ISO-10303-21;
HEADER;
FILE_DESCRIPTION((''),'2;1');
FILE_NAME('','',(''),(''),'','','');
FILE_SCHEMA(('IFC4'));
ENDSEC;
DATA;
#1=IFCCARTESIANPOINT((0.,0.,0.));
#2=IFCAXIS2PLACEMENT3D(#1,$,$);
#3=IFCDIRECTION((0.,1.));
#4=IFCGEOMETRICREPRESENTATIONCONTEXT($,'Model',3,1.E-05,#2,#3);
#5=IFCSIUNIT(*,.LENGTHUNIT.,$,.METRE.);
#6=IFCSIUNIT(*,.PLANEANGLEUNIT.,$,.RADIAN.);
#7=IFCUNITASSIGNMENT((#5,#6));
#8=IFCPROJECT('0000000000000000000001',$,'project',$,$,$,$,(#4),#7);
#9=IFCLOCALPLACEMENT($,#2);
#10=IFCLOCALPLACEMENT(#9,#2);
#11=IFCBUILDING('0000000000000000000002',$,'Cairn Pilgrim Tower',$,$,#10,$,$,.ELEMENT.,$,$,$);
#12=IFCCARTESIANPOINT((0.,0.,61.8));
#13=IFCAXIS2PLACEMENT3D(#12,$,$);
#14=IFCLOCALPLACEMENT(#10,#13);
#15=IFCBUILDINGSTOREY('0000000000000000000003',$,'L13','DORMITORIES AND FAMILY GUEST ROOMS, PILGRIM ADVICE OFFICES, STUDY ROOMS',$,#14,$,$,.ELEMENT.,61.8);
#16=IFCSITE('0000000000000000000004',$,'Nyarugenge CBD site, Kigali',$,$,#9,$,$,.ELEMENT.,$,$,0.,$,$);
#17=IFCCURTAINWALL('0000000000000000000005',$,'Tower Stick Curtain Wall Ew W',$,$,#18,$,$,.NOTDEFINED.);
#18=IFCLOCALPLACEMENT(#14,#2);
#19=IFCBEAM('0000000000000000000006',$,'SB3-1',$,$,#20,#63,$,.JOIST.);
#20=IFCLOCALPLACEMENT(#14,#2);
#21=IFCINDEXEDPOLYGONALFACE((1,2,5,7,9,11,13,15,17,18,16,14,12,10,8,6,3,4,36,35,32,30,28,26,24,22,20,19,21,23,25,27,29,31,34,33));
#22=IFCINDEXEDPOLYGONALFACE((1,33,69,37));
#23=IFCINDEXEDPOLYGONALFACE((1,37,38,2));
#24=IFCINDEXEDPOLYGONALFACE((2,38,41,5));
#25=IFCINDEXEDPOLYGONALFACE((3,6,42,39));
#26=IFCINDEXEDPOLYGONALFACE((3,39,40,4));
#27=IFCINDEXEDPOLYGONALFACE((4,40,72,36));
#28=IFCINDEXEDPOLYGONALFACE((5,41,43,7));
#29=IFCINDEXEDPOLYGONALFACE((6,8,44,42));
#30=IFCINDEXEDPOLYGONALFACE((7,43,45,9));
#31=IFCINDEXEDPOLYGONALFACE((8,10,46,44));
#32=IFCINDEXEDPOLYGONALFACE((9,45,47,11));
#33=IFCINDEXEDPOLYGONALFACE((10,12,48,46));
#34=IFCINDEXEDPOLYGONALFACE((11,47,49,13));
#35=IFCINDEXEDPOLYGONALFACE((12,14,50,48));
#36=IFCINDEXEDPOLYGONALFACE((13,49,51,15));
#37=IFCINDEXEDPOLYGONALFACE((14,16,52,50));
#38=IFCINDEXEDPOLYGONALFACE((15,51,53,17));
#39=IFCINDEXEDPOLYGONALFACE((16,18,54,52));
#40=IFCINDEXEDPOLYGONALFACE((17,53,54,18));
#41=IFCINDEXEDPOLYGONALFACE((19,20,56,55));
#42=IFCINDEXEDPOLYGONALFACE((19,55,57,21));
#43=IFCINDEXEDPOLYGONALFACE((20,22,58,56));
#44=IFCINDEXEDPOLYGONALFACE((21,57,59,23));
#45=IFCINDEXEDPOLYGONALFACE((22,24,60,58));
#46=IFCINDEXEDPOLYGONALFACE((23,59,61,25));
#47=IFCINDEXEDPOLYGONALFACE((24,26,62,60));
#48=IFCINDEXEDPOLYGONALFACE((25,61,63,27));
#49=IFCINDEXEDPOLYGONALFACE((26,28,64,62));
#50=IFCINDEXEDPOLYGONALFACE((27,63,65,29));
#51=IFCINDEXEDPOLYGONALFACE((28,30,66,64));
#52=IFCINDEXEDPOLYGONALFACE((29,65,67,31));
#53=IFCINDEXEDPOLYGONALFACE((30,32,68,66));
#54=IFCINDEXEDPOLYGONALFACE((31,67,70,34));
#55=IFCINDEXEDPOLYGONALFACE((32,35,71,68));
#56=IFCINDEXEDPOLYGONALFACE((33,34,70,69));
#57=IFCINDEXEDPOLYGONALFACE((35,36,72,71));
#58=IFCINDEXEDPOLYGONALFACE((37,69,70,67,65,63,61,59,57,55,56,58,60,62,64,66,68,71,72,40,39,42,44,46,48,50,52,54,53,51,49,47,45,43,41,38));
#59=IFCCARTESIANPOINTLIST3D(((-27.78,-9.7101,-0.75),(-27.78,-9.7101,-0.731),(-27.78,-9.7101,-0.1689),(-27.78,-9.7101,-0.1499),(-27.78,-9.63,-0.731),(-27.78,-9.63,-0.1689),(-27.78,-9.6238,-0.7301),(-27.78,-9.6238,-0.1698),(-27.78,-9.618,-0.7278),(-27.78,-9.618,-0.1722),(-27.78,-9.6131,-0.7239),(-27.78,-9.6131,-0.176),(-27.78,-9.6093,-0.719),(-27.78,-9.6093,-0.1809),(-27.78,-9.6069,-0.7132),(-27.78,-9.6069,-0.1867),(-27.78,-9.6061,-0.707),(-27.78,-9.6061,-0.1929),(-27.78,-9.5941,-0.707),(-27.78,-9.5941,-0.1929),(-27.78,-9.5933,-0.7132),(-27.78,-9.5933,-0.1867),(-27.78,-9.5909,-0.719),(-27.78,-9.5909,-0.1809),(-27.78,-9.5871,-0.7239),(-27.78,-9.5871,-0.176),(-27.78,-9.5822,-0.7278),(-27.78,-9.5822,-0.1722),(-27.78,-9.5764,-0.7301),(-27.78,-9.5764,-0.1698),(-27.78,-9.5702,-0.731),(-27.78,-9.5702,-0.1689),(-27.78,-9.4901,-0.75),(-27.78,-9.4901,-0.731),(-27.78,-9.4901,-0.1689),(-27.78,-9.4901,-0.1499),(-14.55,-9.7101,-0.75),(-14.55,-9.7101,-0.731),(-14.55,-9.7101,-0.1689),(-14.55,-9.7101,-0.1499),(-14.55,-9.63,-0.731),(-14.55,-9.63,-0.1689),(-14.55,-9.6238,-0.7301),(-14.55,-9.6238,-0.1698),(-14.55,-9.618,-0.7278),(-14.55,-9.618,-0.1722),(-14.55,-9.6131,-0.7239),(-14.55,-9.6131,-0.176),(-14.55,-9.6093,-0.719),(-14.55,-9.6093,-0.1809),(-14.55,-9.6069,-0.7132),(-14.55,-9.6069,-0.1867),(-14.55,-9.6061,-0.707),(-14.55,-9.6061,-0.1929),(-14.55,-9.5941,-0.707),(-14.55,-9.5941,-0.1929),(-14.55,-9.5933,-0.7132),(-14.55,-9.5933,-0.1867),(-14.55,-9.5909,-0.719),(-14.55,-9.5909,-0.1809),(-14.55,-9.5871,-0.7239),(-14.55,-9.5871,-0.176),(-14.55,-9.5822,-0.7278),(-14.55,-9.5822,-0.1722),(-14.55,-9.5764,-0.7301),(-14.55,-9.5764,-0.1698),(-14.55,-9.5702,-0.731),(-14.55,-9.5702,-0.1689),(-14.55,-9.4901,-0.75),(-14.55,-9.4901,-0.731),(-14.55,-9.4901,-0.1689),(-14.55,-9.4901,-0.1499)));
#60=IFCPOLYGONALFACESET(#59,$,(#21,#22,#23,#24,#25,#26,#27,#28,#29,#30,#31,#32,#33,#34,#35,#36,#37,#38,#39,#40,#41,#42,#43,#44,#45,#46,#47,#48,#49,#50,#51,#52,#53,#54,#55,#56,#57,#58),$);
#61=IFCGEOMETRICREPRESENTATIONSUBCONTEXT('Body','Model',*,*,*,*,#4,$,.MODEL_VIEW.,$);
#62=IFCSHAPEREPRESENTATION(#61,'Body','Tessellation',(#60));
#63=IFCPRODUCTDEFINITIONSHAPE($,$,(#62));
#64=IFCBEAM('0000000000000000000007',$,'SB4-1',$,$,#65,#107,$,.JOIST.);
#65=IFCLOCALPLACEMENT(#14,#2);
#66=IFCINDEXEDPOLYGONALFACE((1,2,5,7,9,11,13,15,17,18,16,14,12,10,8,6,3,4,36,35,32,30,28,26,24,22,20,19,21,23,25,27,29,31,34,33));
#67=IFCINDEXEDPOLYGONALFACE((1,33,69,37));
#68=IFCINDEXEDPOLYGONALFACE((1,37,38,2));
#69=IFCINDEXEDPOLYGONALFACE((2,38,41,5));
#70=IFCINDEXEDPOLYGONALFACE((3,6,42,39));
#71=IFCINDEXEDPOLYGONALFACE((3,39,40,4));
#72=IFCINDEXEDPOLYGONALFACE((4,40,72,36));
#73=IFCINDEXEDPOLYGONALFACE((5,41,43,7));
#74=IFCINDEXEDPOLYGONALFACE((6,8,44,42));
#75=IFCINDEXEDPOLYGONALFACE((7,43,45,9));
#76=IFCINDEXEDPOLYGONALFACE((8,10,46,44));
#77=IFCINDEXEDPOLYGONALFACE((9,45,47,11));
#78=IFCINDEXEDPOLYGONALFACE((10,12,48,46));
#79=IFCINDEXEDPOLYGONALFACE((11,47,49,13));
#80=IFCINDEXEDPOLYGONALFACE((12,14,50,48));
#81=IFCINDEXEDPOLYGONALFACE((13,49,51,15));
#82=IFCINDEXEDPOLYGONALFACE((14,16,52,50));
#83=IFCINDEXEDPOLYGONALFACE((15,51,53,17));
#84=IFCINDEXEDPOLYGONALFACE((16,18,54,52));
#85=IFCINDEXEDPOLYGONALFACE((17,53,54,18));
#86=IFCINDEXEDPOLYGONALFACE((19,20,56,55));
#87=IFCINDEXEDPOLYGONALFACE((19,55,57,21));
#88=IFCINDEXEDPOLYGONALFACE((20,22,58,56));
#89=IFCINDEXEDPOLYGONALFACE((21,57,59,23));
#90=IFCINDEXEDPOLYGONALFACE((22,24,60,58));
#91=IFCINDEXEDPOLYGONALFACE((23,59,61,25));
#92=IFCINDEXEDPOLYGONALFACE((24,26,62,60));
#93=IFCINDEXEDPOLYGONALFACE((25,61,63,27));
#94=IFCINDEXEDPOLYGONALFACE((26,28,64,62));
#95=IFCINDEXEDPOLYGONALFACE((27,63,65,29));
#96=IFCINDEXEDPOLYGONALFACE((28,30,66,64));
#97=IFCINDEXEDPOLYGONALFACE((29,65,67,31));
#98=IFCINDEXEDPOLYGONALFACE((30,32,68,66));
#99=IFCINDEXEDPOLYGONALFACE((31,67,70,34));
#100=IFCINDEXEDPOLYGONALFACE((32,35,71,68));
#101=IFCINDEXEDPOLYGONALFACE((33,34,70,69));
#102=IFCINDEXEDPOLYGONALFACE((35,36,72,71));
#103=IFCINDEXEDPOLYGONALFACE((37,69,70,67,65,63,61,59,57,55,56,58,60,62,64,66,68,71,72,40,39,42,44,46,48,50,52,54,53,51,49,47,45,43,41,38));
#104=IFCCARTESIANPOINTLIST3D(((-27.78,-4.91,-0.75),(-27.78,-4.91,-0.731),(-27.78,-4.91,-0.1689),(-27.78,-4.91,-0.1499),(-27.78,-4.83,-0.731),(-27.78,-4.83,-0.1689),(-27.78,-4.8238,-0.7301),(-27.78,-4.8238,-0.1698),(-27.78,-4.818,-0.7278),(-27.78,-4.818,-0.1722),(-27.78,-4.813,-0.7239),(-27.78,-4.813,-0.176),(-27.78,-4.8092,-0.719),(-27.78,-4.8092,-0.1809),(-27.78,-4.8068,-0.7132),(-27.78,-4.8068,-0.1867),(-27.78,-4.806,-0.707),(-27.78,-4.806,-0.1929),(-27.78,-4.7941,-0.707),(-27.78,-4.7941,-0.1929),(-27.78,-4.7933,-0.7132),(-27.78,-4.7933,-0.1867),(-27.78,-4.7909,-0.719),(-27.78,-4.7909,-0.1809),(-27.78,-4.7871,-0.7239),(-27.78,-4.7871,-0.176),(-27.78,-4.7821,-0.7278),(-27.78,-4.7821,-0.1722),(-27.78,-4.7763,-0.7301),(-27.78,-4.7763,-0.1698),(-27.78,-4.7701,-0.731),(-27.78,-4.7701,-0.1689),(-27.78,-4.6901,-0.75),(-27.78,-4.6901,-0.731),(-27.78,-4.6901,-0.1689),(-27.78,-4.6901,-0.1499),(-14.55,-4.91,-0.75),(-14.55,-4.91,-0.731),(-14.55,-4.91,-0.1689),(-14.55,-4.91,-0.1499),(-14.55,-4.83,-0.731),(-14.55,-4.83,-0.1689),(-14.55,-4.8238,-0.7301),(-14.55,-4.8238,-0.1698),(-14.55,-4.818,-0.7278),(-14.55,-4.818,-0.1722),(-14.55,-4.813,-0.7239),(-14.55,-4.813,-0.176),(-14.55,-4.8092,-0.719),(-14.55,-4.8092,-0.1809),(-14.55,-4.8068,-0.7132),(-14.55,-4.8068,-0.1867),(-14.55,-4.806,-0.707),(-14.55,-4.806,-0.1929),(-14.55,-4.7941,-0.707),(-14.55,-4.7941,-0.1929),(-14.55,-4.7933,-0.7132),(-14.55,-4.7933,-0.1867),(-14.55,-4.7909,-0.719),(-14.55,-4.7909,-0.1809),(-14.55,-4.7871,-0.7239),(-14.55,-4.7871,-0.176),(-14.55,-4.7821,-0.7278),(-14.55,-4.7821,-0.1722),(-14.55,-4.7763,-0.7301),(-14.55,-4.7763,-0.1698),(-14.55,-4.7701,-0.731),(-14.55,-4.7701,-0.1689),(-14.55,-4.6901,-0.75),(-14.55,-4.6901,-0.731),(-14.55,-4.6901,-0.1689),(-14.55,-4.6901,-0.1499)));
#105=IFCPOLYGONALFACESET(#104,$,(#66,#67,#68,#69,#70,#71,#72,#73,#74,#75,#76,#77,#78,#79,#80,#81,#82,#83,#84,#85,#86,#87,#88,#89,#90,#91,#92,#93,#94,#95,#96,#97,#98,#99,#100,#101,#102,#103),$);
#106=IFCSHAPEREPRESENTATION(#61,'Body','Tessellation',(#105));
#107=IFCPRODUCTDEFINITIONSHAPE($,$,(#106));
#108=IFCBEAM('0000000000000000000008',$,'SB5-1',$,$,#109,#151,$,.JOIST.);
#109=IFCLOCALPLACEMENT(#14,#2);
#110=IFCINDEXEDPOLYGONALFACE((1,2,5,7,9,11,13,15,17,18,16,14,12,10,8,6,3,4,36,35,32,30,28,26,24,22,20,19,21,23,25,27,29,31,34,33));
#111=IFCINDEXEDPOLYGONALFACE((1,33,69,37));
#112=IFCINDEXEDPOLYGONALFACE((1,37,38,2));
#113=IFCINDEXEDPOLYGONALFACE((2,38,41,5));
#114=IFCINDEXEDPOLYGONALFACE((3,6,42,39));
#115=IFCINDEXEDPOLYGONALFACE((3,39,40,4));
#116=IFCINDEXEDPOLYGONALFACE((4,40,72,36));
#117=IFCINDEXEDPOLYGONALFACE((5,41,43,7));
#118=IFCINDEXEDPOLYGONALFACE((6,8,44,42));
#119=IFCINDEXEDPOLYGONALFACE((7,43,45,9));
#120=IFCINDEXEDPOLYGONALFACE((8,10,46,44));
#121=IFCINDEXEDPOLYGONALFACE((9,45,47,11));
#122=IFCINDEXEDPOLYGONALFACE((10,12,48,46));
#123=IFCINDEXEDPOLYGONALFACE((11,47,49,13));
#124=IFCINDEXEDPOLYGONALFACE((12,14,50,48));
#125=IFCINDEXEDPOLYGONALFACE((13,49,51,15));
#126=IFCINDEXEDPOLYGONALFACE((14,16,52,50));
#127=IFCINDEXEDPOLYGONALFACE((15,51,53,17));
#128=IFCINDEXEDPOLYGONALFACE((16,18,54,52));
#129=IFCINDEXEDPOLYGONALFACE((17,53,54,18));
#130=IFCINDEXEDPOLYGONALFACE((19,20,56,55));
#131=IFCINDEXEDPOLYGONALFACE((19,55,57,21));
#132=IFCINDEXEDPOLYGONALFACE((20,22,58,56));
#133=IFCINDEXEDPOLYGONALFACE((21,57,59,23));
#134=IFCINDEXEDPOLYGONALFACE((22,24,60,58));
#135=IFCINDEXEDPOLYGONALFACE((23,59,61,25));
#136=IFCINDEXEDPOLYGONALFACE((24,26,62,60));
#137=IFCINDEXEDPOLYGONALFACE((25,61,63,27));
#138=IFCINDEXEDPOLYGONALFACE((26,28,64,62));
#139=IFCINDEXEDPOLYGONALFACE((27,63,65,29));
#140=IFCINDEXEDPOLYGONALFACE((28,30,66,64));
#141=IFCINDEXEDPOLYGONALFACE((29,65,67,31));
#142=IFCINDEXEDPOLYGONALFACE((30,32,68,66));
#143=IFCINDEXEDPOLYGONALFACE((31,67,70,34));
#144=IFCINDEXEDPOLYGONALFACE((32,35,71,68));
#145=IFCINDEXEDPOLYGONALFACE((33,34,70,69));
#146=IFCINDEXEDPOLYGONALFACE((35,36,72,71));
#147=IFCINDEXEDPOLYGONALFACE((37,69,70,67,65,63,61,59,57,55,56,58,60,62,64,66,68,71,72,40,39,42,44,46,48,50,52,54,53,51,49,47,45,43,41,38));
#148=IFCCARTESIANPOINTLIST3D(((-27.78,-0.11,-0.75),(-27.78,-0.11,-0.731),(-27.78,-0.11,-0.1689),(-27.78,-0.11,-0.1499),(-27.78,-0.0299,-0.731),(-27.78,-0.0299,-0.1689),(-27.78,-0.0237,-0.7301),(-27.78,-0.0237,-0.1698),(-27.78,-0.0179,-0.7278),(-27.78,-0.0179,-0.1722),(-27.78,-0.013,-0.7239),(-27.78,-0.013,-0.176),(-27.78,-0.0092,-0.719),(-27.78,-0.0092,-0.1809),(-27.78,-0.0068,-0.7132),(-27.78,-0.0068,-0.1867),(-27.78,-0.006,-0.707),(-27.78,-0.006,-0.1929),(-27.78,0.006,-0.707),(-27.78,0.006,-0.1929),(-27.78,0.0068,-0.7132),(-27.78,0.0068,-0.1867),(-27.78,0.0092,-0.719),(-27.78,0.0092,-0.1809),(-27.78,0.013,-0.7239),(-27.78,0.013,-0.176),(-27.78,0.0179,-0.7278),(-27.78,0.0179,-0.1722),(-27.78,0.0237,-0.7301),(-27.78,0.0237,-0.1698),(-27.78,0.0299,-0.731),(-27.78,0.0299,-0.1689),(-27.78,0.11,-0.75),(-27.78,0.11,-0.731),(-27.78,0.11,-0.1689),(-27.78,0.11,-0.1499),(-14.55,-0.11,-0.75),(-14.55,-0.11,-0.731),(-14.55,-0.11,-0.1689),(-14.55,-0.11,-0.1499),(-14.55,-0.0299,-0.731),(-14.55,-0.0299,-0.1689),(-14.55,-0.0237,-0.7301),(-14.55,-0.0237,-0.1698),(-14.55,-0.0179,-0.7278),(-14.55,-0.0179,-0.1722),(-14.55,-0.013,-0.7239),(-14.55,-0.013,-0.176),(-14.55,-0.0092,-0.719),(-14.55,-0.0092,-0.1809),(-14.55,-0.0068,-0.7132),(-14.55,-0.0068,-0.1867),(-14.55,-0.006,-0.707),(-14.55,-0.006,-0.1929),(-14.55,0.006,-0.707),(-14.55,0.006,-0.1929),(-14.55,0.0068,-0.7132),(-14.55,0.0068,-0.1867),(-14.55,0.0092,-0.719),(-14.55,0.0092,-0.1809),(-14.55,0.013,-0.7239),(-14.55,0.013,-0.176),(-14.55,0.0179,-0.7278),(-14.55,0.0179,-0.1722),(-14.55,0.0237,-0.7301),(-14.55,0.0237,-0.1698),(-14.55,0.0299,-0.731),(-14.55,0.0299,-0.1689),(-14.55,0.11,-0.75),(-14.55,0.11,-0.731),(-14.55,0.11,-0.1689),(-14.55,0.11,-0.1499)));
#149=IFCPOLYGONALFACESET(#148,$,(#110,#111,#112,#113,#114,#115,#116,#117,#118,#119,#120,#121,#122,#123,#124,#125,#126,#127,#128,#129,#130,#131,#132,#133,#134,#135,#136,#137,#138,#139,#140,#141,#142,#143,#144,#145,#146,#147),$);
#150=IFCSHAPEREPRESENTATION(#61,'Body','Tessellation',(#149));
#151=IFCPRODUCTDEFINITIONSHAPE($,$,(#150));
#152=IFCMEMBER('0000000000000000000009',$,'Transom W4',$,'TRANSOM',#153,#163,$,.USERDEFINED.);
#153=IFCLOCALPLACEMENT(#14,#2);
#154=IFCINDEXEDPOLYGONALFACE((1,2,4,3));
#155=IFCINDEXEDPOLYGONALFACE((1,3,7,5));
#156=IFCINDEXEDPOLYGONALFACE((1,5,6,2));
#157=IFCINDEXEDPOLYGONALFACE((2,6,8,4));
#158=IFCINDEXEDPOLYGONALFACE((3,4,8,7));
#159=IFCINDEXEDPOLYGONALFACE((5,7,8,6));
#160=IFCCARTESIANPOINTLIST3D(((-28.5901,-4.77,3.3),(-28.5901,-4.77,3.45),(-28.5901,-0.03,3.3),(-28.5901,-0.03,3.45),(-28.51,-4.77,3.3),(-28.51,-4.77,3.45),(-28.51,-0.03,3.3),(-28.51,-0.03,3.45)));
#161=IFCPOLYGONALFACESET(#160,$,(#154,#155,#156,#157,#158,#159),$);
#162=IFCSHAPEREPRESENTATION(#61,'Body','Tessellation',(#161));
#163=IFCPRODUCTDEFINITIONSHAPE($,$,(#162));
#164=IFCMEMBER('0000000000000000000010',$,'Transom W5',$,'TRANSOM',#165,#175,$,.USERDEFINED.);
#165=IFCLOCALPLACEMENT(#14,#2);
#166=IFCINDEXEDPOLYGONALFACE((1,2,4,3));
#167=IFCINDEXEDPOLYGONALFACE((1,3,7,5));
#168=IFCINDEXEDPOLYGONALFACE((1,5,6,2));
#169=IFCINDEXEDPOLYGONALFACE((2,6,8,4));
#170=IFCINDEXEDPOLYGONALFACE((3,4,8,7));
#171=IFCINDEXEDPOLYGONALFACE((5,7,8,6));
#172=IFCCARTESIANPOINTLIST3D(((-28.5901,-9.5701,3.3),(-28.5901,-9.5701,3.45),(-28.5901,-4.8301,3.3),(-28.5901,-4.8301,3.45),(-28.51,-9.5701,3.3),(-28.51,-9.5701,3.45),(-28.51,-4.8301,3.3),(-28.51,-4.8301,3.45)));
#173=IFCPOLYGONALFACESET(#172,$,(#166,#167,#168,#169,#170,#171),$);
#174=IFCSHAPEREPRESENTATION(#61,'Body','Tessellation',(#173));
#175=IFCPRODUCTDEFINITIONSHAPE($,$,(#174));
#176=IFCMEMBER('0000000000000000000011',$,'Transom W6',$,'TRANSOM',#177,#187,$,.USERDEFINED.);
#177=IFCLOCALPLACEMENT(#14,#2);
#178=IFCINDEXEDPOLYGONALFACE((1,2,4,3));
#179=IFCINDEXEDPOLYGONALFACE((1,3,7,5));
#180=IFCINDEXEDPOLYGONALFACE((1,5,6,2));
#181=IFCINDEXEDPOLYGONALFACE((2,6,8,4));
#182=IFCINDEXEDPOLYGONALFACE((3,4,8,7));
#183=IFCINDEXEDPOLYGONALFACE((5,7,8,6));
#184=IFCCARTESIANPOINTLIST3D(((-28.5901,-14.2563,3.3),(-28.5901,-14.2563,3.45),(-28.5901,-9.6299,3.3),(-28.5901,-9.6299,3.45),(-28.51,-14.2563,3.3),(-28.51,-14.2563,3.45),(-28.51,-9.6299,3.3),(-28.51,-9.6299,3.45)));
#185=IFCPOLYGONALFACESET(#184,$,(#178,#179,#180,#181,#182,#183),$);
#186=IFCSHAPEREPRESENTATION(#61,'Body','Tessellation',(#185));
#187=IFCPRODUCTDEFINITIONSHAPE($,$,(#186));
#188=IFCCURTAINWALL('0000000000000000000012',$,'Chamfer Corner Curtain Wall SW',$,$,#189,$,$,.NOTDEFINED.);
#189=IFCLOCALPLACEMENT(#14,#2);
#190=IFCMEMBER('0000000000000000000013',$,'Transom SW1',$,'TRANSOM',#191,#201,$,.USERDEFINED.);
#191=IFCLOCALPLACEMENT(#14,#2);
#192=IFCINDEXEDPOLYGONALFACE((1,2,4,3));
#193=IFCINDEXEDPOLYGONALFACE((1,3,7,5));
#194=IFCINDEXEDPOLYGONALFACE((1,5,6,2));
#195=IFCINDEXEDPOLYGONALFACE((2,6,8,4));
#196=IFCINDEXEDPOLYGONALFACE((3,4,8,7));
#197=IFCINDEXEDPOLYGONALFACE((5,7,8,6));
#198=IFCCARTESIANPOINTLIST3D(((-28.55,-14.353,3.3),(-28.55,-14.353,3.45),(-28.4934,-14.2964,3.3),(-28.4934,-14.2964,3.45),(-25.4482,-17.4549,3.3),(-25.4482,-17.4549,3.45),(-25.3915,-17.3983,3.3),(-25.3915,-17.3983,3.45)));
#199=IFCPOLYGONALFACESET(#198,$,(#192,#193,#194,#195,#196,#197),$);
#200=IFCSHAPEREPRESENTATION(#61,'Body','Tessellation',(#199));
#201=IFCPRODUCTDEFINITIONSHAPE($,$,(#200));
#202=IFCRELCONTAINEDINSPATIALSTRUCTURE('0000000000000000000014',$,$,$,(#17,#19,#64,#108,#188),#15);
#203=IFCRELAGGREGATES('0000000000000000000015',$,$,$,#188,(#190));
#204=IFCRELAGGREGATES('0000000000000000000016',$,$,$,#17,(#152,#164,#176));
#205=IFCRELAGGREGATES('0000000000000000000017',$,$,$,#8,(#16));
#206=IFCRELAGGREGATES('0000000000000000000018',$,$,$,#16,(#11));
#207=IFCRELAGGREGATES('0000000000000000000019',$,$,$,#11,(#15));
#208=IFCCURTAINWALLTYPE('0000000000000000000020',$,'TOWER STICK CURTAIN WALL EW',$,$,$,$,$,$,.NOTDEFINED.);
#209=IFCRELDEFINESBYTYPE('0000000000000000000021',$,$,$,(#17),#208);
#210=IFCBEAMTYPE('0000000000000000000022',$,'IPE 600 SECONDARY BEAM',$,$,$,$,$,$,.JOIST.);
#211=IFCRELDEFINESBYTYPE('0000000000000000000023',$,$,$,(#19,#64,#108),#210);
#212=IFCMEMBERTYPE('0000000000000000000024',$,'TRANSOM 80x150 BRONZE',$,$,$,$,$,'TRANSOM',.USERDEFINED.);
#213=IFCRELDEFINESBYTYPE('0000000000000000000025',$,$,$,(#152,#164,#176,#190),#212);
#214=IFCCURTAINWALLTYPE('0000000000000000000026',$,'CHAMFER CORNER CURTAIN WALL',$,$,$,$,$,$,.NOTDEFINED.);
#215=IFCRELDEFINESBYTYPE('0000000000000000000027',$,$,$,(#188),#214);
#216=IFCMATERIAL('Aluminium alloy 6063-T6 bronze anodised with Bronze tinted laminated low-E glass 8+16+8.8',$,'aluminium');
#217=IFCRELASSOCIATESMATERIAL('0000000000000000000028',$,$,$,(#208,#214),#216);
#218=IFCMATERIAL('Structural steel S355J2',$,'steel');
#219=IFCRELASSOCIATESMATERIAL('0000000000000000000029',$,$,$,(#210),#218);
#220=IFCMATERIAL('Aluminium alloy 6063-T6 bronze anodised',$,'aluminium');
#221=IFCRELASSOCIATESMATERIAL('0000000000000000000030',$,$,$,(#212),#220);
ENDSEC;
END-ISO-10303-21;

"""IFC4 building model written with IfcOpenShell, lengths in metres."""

from ifc_helpers import new_model, si_unit, direction, frame, origin, origin_2d, place, context, subcontext, project, spatial, rectangle, i_section, extrude, material, material_profile, profile_set, type_object, element, aggregate, save


model = new_model("IFC4")

# Units and contexts
model_context = context("Model", 3, precision=1e-05, world=origin(), true_north=direction((0.0, 1.0)))
body_context = subcontext(model_context, "Body", "Model", "MODEL_VIEW")
ifc_project = project(units=[si_unit("LENGTHUNIT", "METRE"), si_unit("PLANEANGLEUNIT", "RADIAN")], contexts=[model_context])

# Site, building, storey
site_placement = place(None, origin())
site = spatial("IfcSite", under=ifc_project, at=site_placement, Name="Nyarugenge CBD site, Kigali", CompositionType="ELEMENT", RefElevation=0.0)
building_placement = place(site_placement, origin())
building = spatial("IfcBuilding", under=site, at=building_placement, Name="Cairn Pilgrim Tower", CompositionType="ELEMENT")
storey_placement = place(building_placement, frame((0.0, 0.0, 61.8)))
storey = spatial("IfcBuildingStorey", under=building, at=storey_placement, Name="L13", Description="DORMITORIES AND FAMILY GUEST ROOMS, PILGRIM ADVICE OFFICES, STUDY ROOMS", CompositionType="ELEMENT", Elevation=61.8)

# Curtain wall
ifc_material_1 = material(Name="Aluminium alloy 6063-T6 bronze anodised with Bronze tinted laminated low-E glass 8+16+8.8", Category="aluminium")
curtain_wall_type_1 = type_object("IfcCurtainWallType", Name="TOWER STICK CURTAIN WALL EW", PredefinedType="NOTDEFINED", material=ifc_material_1)
curtain_wall_1_placement = place(storey_placement, origin())
curtain_wall_1 = element("IfcCurtainWall", 1, at=curtain_wall_1_placement, inside=storey, type_object=curtain_wall_type_1, Name="Tower Stick Curtain Wall Ew W", PredefinedType="NOTDEFINED")
ifc_material_2 = material(Name="Aluminium alloy 6063-T6 bronze anodised", Category="aluminium")

# Beams
ifc_material_3 = material(Name="Structural steel S355J2", Category="steel")
ifc_material_profile_1 = material_profile(ifc_material_3, i_section(OverallWidth=0.22, OverallDepth=0.6001, WebThickness=0.012, FlangeThickness=0.019, FilletRadius=0.0239, at=origin_2d()), Name="IPE 600")
ifc_profile_set_1 = profile_set([ifc_material_profile_1], Name="Structural steel S355J2")
beam_type_1 = type_object("IfcBeamType", Name="IPE 600 SECONDARY BEAM", PredefinedType="JOIST", material=ifc_profile_set_1)
for number, where, z_axis, x_axis, name in (
    (2, (-27.78, -9.6001, -0.45), (1.0, 0.0, 0.0), (0.0, 1.0, 0.0), "SB3-1"),
    (3, (-27.78, -4.8, -0.45), (1.0, 0.0, 0.0), (0.0, 1.0, 0.0), "SB4-1"),
    (4, (-27.78, 0.0, -0.45), (1.0, 0.0, 0.0), (0.0, 1.0, 0.0), "SB5-1"),
):
    element("IfcBeam", number, at=place(storey_placement, frame(where, z_axis=z_axis, x_axis=x_axis)), inside=storey, type_object=beam_type_1, Name=name, PredefinedType="JOIST", context=body_context, shape_type="SweptSolid", body=[
        extrude(i_section(OverallWidth=0.22, OverallDepth=0.6001, WebThickness=0.012, FlangeThickness=0.019, FilletRadius=0.0239, at=origin_2d()), origin(), (0.0, 0.0, 1.0), 13.23),
    ])

# Members
ifc_material_profile_2 = material_profile(ifc_material_2, rectangle(XDim=0.0801, YDim=0.1499, at=origin_2d()), Name="TRANSOM 80x150 BRONZE")
ifc_profile_set_2 = profile_set([ifc_material_profile_2], Name="Aluminium alloy 6063-T6 bronze anodised")
member_type_1 = type_object("IfcMemberType", Name="TRANSOM 80x150 BRONZE", ElementType="TRANSOM", PredefinedType="USERDEFINED", material=ifc_profile_set_2)
member_1_placement = place(storey_placement, frame((-28.55, -0.03, 3.375), z_axis=(0.0, -1.0, 0.0), x_axis=(1.0, 0.0, 0.0)))
member_1 = element("IfcMember", 5, at=member_1_placement, type_object=member_type_1, Name="Transom W4", ObjectType="TRANSOM", PredefinedType="USERDEFINED", context=body_context, shape_type="SweptSolid", body=[
    extrude(rectangle(XDim=0.0801, YDim=0.1499, at=origin_2d()), origin(), (0.0, 0.0, 1.0), 4.74),
])
member_2_placement = place(storey_placement, frame((-28.55, -4.8301, 3.375), z_axis=(0.0, -1.0, 0.0), x_axis=(1.0, 0.0, 0.0)))
member_2 = element("IfcMember", 6, at=member_2_placement, type_object=member_type_1, Name="Transom W5", ObjectType="TRANSOM", PredefinedType="USERDEFINED", context=body_context, shape_type="SweptSolid", body=[
    extrude(rectangle(XDim=0.0801, YDim=0.1499, at=origin_2d()), origin(), (0.0, 0.0, 1.0), 4.74),
])
member_3_placement = place(storey_placement, frame((-28.55, -9.6299, 3.375), z_axis=(0.0, -1.0, 0.0), x_axis=(1.0, 0.0, 0.0)))
member_3 = element("IfcMember", 7, at=member_3_placement, type_object=member_type_1, Name="Transom W6", ObjectType="TRANSOM", PredefinedType="USERDEFINED", context=body_context, shape_type="SweptSolid", body=[
    extrude(rectangle(XDim=0.0801, YDim=0.1499, at=origin_2d()), origin(), (0.0, 0.0, 1.0), 4.6265),
])

# Curtain wall, member
curtain_wall_type_2 = type_object("IfcCurtainWallType", Name="CHAMFER CORNER CURTAIN WALL", PredefinedType="NOTDEFINED", material=ifc_material_1)
curtain_wall_2_placement = place(storey_placement, origin())
curtain_wall_2 = element("IfcCurtainWall", 8, at=curtain_wall_2_placement, inside=storey, type_object=curtain_wall_type_2, Name="Chamfer Corner Curtain Wall SW", PredefinedType="NOTDEFINED")
member_4_placement = place(storey_placement, frame((-28.5217, -14.3247, 3.375), z_axis=(0.707107, -0.707107, 0.0), x_axis=(0.707107, 0.707107, 0.0)))
member_4 = element("IfcMember", 9, at=member_4_placement, type_object=member_type_1, Name="Transom SW1", ObjectType="TRANSOM", PredefinedType="USERDEFINED", context=body_context, shape_type="SweptSolid", body=[
    extrude(rectangle(XDim=0.0801, YDim=0.1499, at=origin_2d()), origin(), (0.0, 0.0, 1.0), 4.3867),
])
aggregate(curtain_wall_2, [member_4])

aggregate(curtain_wall_1, [member_1, member_2, member_3])

save(model, "model.ifc")
